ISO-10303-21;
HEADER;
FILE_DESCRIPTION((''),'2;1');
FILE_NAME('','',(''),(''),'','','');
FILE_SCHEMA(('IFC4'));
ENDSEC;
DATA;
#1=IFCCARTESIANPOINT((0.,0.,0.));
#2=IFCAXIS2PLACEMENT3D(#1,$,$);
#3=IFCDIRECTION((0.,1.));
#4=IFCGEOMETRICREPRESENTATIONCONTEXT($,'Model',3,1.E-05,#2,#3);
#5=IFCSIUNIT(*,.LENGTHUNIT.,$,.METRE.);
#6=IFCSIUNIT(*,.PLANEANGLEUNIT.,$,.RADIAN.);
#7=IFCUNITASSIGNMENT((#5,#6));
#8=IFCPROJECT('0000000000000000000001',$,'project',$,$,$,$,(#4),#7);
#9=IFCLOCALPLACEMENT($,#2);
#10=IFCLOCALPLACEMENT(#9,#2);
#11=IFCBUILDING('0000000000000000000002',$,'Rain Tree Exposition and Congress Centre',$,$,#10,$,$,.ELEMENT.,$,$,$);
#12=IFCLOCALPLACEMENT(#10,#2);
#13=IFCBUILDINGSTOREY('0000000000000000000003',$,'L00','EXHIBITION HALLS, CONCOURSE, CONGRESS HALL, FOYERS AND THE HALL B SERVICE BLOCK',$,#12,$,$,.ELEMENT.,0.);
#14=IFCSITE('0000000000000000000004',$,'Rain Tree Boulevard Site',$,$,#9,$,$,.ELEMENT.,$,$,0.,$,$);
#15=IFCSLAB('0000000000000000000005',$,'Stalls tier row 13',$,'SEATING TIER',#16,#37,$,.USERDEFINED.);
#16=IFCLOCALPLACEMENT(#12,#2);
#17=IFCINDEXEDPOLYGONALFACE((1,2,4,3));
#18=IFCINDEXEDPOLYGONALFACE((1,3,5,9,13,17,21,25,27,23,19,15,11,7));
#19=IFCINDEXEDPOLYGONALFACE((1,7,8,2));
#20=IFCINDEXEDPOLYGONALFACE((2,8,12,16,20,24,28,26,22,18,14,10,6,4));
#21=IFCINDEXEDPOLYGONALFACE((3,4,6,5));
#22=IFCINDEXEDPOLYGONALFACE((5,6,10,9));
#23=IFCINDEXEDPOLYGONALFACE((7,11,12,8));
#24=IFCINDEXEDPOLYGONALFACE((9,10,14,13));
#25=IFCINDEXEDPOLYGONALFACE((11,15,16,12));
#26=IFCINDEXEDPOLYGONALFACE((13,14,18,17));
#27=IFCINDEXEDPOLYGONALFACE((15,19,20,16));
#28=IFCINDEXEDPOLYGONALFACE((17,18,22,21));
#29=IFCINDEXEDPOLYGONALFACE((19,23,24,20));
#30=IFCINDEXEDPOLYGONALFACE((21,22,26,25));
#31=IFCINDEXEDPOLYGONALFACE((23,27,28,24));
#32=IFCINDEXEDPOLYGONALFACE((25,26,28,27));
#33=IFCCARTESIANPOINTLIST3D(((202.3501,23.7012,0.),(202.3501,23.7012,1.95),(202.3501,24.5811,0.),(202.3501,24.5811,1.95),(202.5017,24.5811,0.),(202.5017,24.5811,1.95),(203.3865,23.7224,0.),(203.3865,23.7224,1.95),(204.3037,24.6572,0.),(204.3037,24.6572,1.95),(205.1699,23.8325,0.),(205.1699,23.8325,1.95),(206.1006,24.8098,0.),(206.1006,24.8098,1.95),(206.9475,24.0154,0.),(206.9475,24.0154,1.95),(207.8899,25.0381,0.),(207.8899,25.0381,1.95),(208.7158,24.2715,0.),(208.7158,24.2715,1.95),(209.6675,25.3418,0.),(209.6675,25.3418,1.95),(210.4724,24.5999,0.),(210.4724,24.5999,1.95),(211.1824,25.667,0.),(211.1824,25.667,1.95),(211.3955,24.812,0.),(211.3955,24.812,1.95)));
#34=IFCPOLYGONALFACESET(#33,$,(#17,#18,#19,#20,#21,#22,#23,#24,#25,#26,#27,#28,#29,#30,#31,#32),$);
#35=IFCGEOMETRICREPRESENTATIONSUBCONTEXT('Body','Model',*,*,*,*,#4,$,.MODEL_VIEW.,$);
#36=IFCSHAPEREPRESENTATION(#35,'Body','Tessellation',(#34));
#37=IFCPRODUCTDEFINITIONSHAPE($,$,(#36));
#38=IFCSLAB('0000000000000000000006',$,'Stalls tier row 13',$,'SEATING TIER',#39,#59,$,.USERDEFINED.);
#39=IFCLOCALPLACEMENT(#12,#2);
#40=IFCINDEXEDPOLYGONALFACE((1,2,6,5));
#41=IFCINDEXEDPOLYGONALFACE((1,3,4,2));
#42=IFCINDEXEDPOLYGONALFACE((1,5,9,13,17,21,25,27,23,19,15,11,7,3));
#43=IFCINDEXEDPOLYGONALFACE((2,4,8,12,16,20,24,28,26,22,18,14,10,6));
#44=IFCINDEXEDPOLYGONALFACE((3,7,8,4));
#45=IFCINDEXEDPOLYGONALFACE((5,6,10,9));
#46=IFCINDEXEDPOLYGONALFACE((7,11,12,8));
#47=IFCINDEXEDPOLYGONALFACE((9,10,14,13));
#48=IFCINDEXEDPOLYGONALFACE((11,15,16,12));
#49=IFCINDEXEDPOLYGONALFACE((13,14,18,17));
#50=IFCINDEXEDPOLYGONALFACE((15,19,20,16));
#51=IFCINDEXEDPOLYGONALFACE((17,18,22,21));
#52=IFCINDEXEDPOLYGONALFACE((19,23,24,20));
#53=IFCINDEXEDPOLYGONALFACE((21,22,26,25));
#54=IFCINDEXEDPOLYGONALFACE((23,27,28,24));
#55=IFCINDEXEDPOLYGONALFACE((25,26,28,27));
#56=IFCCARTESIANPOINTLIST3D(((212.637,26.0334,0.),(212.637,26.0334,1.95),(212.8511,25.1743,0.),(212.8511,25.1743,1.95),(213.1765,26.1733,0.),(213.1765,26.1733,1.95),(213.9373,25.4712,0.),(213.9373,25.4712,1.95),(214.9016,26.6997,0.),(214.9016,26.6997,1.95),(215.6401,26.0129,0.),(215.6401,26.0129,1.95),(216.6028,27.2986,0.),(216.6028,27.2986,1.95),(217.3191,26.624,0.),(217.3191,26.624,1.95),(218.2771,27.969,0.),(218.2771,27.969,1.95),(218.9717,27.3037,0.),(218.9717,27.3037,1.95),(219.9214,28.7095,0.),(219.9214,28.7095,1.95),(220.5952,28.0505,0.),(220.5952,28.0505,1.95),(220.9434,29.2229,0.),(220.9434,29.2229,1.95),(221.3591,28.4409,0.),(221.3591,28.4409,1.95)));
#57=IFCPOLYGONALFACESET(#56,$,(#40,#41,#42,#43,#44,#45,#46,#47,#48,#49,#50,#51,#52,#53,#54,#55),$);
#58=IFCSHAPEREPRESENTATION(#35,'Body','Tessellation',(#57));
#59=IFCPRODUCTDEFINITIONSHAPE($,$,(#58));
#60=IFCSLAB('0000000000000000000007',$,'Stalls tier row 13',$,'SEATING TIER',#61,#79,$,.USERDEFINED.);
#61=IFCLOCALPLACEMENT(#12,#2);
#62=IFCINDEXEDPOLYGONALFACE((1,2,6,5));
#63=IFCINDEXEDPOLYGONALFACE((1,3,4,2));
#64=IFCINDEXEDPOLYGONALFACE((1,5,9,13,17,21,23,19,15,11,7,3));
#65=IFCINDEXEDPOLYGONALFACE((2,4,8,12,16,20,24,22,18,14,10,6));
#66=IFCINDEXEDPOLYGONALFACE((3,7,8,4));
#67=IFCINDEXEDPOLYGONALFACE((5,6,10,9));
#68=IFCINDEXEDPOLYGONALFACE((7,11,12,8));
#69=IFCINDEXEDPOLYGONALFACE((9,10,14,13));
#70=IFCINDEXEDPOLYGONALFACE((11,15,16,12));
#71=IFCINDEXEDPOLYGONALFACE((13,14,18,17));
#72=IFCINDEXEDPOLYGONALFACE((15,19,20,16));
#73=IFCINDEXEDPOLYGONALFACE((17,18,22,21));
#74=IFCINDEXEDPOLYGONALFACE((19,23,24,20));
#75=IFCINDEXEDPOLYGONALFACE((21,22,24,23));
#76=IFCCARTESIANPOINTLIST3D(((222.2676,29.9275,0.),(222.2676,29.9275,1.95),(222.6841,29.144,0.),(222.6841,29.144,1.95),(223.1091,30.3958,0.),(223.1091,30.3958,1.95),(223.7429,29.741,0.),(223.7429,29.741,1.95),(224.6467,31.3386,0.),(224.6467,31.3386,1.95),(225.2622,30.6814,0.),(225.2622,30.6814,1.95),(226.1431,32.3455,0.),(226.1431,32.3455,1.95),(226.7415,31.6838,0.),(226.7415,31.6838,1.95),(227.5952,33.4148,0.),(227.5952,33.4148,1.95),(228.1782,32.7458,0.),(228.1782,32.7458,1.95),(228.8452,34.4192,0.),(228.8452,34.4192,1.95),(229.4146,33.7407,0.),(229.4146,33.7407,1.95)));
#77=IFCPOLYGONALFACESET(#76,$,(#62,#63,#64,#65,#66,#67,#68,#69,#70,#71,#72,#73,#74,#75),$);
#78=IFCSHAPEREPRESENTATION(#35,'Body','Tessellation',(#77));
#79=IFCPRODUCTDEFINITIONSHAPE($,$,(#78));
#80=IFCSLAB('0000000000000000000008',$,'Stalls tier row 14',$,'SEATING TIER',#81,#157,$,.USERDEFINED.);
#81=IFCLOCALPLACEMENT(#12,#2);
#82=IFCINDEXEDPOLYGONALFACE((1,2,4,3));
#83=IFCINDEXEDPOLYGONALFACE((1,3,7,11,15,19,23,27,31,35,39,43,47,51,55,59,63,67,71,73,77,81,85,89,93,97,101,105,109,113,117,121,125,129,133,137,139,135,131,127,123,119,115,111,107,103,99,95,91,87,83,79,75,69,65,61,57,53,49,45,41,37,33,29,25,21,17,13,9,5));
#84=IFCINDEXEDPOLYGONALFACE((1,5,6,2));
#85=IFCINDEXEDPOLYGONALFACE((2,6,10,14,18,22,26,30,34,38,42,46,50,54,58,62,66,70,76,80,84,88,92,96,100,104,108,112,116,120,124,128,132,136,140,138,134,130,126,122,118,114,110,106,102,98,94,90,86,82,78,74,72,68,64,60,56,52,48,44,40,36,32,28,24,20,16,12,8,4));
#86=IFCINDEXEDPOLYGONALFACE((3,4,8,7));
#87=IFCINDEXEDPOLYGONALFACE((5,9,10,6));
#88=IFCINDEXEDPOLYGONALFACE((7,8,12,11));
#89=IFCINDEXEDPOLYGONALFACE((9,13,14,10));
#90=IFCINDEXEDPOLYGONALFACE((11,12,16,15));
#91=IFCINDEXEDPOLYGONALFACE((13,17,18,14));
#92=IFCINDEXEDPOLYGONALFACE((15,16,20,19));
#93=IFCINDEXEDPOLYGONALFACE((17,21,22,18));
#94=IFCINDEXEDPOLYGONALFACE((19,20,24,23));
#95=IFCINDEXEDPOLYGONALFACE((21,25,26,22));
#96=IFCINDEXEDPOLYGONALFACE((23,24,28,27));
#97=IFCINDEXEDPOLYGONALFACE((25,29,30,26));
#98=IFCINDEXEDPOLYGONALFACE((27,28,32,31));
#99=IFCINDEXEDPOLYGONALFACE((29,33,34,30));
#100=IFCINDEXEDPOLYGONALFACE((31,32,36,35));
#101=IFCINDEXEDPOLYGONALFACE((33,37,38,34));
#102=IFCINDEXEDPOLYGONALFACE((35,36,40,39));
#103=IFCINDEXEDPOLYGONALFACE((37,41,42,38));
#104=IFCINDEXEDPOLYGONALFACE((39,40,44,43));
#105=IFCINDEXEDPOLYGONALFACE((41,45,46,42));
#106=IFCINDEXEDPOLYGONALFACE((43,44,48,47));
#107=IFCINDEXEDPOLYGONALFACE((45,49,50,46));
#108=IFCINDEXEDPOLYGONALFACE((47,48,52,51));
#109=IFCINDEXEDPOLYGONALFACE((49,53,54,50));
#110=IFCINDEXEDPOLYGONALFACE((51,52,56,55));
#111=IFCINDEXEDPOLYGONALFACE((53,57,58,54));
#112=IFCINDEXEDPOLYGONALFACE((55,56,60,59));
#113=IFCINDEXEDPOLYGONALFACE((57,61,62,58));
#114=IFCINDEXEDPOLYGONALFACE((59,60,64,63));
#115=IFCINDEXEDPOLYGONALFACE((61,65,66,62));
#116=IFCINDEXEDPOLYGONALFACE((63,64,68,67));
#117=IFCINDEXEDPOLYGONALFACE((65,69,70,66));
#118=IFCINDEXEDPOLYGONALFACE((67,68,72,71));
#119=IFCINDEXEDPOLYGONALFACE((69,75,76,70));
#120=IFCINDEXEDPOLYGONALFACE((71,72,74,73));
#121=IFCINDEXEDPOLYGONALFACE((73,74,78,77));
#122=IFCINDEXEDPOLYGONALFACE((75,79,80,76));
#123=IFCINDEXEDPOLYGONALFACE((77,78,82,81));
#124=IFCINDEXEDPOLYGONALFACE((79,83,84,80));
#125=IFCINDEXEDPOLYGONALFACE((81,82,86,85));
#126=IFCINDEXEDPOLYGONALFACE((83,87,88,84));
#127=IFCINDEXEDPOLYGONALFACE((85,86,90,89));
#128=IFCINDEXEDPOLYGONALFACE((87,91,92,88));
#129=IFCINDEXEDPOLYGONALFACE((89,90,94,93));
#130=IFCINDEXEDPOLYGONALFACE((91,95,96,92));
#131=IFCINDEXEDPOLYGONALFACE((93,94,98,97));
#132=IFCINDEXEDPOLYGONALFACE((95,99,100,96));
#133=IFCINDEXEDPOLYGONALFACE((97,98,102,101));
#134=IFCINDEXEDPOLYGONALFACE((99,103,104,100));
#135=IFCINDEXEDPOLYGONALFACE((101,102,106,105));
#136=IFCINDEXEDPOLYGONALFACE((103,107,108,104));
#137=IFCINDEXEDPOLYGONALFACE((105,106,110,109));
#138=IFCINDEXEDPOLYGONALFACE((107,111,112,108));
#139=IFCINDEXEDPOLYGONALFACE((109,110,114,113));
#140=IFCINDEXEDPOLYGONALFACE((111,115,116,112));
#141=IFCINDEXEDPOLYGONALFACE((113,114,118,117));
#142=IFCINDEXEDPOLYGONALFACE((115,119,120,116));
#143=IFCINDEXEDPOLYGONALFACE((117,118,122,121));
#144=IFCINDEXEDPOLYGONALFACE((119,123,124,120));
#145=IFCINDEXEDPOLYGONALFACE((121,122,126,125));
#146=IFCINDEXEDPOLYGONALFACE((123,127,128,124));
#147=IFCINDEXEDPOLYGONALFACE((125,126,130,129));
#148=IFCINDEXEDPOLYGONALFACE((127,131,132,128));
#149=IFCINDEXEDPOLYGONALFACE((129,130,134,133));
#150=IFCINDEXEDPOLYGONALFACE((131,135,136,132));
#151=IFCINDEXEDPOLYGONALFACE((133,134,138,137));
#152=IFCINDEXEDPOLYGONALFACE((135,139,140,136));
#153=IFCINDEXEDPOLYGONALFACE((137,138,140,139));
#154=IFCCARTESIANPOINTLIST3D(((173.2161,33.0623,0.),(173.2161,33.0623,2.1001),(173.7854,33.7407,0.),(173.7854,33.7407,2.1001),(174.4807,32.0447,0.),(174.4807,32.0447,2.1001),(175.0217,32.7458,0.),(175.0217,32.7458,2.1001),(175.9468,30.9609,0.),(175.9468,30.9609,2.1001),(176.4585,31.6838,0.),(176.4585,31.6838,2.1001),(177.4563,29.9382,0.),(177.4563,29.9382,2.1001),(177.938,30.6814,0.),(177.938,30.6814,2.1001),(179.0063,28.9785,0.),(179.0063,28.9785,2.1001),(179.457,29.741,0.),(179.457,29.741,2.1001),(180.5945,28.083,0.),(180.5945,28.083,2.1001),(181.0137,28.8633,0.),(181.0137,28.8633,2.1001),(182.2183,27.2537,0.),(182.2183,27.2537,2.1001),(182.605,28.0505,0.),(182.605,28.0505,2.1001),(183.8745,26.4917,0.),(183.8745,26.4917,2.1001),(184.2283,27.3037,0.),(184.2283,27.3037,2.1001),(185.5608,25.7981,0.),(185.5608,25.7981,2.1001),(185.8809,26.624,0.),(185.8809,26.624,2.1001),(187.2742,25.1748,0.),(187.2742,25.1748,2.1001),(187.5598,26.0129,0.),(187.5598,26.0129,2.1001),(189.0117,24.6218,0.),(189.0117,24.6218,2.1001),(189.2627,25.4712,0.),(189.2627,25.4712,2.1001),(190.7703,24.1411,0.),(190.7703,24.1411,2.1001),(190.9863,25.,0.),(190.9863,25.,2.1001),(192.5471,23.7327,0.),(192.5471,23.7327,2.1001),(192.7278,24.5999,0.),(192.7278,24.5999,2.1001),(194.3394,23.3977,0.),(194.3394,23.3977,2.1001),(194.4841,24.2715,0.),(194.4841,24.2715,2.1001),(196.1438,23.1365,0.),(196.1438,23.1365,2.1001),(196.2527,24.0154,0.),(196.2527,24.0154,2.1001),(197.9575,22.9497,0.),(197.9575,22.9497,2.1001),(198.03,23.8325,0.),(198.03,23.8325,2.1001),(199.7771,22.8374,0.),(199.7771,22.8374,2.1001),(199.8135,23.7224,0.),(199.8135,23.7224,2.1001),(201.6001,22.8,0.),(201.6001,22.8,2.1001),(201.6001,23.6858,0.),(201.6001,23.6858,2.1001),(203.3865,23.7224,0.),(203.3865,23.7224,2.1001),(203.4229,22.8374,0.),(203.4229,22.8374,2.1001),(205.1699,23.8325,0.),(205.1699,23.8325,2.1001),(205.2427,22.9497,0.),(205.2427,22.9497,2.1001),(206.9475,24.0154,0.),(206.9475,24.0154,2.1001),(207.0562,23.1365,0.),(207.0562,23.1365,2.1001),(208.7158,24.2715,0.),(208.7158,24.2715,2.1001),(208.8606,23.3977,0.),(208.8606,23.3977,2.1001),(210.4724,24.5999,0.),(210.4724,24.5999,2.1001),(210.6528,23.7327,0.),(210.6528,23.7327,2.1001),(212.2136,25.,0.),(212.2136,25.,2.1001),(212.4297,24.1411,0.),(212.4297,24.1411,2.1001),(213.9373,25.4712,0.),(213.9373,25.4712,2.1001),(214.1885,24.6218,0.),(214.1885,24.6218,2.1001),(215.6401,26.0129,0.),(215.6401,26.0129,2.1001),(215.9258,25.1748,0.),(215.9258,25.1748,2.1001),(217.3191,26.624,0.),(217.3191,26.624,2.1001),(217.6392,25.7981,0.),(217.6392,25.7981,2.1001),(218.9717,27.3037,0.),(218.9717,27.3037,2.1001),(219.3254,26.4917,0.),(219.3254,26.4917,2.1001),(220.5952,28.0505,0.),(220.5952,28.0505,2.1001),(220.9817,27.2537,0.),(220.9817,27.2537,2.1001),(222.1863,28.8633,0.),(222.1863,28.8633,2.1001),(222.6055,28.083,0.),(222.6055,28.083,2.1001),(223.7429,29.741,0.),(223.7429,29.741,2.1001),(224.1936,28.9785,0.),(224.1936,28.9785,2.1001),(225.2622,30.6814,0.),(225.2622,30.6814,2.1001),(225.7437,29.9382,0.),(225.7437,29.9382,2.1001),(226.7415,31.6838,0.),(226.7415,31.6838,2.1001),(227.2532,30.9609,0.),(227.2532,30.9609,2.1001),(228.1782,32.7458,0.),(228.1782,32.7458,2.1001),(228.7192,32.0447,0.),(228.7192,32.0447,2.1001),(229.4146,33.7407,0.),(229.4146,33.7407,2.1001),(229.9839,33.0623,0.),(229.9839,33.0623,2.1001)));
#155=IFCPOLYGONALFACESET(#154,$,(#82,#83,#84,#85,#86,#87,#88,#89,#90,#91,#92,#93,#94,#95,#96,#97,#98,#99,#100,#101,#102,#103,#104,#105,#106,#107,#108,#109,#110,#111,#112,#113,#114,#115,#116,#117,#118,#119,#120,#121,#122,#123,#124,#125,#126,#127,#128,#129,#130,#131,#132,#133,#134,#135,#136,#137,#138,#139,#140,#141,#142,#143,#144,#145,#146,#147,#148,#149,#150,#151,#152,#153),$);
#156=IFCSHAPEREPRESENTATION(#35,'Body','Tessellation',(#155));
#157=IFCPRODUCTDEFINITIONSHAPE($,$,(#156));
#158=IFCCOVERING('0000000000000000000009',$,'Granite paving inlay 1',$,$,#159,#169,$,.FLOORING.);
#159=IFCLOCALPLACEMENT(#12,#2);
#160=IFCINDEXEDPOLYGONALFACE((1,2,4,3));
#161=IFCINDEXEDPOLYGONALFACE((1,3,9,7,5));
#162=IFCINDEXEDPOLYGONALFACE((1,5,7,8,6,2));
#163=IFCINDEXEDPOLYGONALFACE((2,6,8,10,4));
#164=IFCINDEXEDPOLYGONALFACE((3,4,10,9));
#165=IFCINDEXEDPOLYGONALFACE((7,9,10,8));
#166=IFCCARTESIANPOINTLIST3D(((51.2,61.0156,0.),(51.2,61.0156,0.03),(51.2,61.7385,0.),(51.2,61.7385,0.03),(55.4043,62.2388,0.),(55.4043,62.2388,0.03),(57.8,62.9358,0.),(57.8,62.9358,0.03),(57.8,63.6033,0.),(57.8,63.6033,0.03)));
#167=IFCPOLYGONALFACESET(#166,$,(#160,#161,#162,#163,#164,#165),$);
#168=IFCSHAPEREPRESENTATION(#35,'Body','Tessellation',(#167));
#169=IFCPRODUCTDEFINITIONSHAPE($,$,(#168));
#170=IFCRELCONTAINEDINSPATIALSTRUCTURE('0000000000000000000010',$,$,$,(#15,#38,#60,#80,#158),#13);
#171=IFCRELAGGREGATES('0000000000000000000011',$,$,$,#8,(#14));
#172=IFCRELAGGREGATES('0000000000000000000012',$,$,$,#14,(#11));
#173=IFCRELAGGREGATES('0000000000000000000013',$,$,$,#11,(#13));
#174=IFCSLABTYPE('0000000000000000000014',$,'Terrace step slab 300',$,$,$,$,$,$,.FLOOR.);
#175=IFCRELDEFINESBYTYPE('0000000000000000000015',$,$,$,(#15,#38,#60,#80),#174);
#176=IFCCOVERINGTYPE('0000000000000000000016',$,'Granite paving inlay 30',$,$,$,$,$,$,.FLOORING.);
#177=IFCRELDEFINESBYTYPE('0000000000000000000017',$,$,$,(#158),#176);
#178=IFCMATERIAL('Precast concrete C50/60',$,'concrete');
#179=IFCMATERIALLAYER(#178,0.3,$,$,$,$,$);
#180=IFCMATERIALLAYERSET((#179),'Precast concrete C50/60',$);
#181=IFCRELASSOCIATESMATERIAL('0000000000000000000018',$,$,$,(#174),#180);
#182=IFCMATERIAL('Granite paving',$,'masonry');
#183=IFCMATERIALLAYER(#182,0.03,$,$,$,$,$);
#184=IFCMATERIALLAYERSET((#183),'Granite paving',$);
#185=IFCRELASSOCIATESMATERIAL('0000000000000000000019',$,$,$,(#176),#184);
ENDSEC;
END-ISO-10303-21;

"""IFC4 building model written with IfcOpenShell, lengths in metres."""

from ifc_helpers import new_model, si_unit, direction, origin, place, context, subcontext, project, spatial, polyline, outline, extrude, material, layer, layer_set, type_object, element, save


model = new_model("IFC4")

# Units and contexts
model_context = context("Model", 3, precision=1e-05, world=origin(), true_north=direction((0.0, 1.0)))
body_context = subcontext(model_context, "Body", "Model", "MODEL_VIEW")
ifc_project = project(units=[si_unit("LENGTHUNIT", "METRE"), si_unit("PLANEANGLEUNIT", "RADIAN")], contexts=[model_context])

# Site, building, storey
site_placement = place(None, origin())
site = spatial("IfcSite", under=ifc_project, at=site_placement, Name="Rain Tree Boulevard Site", CompositionType="ELEMENT", RefElevation=0.0)
building_placement = place(site_placement, origin())
building = spatial("IfcBuilding", under=site, at=building_placement, Name="Rain Tree Exposition and Congress Centre", CompositionType="ELEMENT")
storey_placement = place(building_placement, origin())
storey = spatial("IfcBuildingStorey", under=building, at=storey_placement, Name="L00", Description="EXHIBITION HALLS, CONCOURSE, CONGRESS HALL, FOYERS AND THE HALL B SERVICE BLOCK", CompositionType="ELEMENT", Elevation=0.0)

# Slabs
ifc_material_1 = material(Name="Precast concrete C50/60", Category="concrete")
ifc_layer_1 = layer(ifc_material_1, 0.3)
ifc_layer_set_1 = layer_set([ifc_layer_1], Name="Precast concrete C50/60")
slab_type_1 = type_object("IfcSlabType", Name="Terrace step slab 300", PredefinedType="FLOOR", material=ifc_layer_set_1)
slab_1_placement = place(storey_placement, origin())
element("IfcSlab", 1, at=slab_1_placement, inside=storey, type_object=slab_type_1, Name="Stalls tier row 13", ObjectType="SEATING TIER", PredefinedType="USERDEFINED", context=body_context, shape_type="SweptSolid", body=[
    extrude(outline(polyline([(210.4724, 24.5999), (211.3955, 24.812), (211.1824, 25.667), (209.6675, 25.3418), (207.8899, 25.0381), (206.1006, 24.8098), (204.3037, 24.6572), (202.5017, 24.5811), (202.3501, 24.5811), (202.3501, 23.7012), (203.3865, 23.7224), (205.1699, 23.8325), (206.9475, 24.0154), (208.7158, 24.2715), (210.4724, 24.5999)])), origin(), (0.0, 0.0, 1.0), 1.95),
])
slab_2_placement = place(storey_placement, origin())
element("IfcSlab", 2, at=slab_2_placement, inside=storey, type_object=slab_type_1, Name="Stalls tier row 13", ObjectType="SEATING TIER", PredefinedType="USERDEFINED", context=body_context, shape_type="SweptSolid", body=[
    extrude(outline(polyline([(220.5952, 28.0505), (221.3591, 28.4409), (220.9434, 29.2229), (219.9214, 28.7095), (218.2771, 27.969), (216.6028, 27.2986), (214.9016, 26.6997), (213.1765, 26.1733), (212.637, 26.0334), (212.8511, 25.1743), (213.9373, 25.4712), (215.6401, 26.0129), (217.3191, 26.624), (218.9717, 27.3037), (220.5952, 28.0505)])), origin(), (0.0, 0.0, 1.0), 1.95),
])
slab_3_placement = place(storey_placement, origin())
element("IfcSlab", 3, at=slab_3_placement, inside=storey, type_object=slab_type_1, Name="Stalls tier row 13", ObjectType="SEATING TIER", PredefinedType="USERDEFINED", context=body_context, shape_type="SweptSolid", body=[
    extrude(outline(polyline([(226.7415, 31.6838), (228.1782, 32.7458), (229.4146, 33.7407), (228.8452, 34.4192), (227.5952, 33.4148), (226.1431, 32.3455), (224.6467, 31.3386), (223.1091, 30.3958), (222.2676, 29.9275), (222.6841, 29.144), (223.7429, 29.741), (225.2622, 30.6814), (226.7415, 31.6838)])), origin(), (0.0, 0.0, 1.0), 1.95),
])
slab_4_placement = place(storey_placement, origin())
element("IfcSlab", 4, at=slab_4_placement, inside=storey, type_object=slab_type_1, Name="Stalls tier row 14", ObjectType="SEATING TIER", PredefinedType="USERDEFINED", context=body_context, shape_type="SweptSolid", body=[
    extrude(outline(polyline([(228.7192, 32.0447), (229.9839, 33.0623), (229.4146, 33.7407), (228.1782, 32.7458), (226.7415, 31.6838), (225.2622, 30.6814), (223.7429, 29.741), (222.1863, 28.8633), (220.5952, 28.0505), (218.9717, 27.3037), (217.3191, 26.624), (215.6401, 26.0129), (213.9373, 25.4712), (212.2136, 25.0), (210.4724, 24.5999), (208.7158, 24.2715), (206.9475, 24.0154), (205.1699, 23.8325), (203.3865, 23.7224), (201.6001, 23.6858), (199.8135, 23.7224), (198.03, 23.8325), (196.2527, 24.0154), (194.4841, 24.2715), (192.7278, 24.5999), (190.9863, 25.0), (189.2627, 25.4712), (187.5598, 26.0129), (185.8809, 26.624), (184.2283, 27.3037), (182.605, 28.0505), (181.0137, 28.8633), (179.457, 29.741), (177.938, 30.6814), (176.4585, 31.6838), (175.0217, 32.7458), (173.7854, 33.7407), (173.2161, 33.0623), (174.4807, 32.0447), (175.9468, 30.9609), (177.4563, 29.9382), (179.0063, 28.9785), (180.5945, 28.083), (182.2183, 27.2537), (183.8745, 26.4917), (185.5608, 25.7981), (187.2742, 25.1748), (189.0117, 24.6218), (190.7703, 24.1411), (192.5471, 23.7327), (194.3394, 23.3977), (196.1438, 23.1365), (197.9575, 22.9497), (199.7771, 22.8374), (201.6001, 22.8), (203.4229, 22.8374), (205.2427, 22.9497), (207.0562, 23.1365), (208.8606, 23.3977), (210.6528, 23.7327), (212.4297, 24.1411), (214.1885, 24.6218), (215.9258, 25.1748), (217.6392, 25.7981), (219.3254, 26.4917), (220.9817, 27.2537), (222.6055, 28.083), (224.1936, 28.9785), (225.7437, 29.9382), (227.2532, 30.9609), (228.7192, 32.0447)])), origin(), (0.0, 0.0, 1.0), 2.1001),
])

# Covering
ifc_material_2 = material(Name="Granite paving", Category="masonry")
ifc_layer_2 = layer(ifc_material_2, 0.03)
ifc_layer_set_2 = layer_set([ifc_layer_2], Name="Granite paving")
covering_type_1 = type_object("IfcCoveringType", Name="Granite paving inlay 30", PredefinedType="FLOORING", material=ifc_layer_set_2)
covering_1_placement = place(storey_placement, origin())
element("IfcCovering", 5, at=covering_1_placement, inside=storey, type_object=covering_type_1, Name="Granite paving inlay 1", PredefinedType="FLOORING", context=body_context, shape_type="SweptSolid", body=[
    extrude(outline(polyline([(57.8, 62.9358), (57.8, 63.6033), (51.2, 61.7385), (51.2, 61.0156), (55.4043, 62.2388), (57.8, 62.9358)])), origin(), (0.0, 0.0, 1.0), 0.03),
])

save(model, "model.ifc")
